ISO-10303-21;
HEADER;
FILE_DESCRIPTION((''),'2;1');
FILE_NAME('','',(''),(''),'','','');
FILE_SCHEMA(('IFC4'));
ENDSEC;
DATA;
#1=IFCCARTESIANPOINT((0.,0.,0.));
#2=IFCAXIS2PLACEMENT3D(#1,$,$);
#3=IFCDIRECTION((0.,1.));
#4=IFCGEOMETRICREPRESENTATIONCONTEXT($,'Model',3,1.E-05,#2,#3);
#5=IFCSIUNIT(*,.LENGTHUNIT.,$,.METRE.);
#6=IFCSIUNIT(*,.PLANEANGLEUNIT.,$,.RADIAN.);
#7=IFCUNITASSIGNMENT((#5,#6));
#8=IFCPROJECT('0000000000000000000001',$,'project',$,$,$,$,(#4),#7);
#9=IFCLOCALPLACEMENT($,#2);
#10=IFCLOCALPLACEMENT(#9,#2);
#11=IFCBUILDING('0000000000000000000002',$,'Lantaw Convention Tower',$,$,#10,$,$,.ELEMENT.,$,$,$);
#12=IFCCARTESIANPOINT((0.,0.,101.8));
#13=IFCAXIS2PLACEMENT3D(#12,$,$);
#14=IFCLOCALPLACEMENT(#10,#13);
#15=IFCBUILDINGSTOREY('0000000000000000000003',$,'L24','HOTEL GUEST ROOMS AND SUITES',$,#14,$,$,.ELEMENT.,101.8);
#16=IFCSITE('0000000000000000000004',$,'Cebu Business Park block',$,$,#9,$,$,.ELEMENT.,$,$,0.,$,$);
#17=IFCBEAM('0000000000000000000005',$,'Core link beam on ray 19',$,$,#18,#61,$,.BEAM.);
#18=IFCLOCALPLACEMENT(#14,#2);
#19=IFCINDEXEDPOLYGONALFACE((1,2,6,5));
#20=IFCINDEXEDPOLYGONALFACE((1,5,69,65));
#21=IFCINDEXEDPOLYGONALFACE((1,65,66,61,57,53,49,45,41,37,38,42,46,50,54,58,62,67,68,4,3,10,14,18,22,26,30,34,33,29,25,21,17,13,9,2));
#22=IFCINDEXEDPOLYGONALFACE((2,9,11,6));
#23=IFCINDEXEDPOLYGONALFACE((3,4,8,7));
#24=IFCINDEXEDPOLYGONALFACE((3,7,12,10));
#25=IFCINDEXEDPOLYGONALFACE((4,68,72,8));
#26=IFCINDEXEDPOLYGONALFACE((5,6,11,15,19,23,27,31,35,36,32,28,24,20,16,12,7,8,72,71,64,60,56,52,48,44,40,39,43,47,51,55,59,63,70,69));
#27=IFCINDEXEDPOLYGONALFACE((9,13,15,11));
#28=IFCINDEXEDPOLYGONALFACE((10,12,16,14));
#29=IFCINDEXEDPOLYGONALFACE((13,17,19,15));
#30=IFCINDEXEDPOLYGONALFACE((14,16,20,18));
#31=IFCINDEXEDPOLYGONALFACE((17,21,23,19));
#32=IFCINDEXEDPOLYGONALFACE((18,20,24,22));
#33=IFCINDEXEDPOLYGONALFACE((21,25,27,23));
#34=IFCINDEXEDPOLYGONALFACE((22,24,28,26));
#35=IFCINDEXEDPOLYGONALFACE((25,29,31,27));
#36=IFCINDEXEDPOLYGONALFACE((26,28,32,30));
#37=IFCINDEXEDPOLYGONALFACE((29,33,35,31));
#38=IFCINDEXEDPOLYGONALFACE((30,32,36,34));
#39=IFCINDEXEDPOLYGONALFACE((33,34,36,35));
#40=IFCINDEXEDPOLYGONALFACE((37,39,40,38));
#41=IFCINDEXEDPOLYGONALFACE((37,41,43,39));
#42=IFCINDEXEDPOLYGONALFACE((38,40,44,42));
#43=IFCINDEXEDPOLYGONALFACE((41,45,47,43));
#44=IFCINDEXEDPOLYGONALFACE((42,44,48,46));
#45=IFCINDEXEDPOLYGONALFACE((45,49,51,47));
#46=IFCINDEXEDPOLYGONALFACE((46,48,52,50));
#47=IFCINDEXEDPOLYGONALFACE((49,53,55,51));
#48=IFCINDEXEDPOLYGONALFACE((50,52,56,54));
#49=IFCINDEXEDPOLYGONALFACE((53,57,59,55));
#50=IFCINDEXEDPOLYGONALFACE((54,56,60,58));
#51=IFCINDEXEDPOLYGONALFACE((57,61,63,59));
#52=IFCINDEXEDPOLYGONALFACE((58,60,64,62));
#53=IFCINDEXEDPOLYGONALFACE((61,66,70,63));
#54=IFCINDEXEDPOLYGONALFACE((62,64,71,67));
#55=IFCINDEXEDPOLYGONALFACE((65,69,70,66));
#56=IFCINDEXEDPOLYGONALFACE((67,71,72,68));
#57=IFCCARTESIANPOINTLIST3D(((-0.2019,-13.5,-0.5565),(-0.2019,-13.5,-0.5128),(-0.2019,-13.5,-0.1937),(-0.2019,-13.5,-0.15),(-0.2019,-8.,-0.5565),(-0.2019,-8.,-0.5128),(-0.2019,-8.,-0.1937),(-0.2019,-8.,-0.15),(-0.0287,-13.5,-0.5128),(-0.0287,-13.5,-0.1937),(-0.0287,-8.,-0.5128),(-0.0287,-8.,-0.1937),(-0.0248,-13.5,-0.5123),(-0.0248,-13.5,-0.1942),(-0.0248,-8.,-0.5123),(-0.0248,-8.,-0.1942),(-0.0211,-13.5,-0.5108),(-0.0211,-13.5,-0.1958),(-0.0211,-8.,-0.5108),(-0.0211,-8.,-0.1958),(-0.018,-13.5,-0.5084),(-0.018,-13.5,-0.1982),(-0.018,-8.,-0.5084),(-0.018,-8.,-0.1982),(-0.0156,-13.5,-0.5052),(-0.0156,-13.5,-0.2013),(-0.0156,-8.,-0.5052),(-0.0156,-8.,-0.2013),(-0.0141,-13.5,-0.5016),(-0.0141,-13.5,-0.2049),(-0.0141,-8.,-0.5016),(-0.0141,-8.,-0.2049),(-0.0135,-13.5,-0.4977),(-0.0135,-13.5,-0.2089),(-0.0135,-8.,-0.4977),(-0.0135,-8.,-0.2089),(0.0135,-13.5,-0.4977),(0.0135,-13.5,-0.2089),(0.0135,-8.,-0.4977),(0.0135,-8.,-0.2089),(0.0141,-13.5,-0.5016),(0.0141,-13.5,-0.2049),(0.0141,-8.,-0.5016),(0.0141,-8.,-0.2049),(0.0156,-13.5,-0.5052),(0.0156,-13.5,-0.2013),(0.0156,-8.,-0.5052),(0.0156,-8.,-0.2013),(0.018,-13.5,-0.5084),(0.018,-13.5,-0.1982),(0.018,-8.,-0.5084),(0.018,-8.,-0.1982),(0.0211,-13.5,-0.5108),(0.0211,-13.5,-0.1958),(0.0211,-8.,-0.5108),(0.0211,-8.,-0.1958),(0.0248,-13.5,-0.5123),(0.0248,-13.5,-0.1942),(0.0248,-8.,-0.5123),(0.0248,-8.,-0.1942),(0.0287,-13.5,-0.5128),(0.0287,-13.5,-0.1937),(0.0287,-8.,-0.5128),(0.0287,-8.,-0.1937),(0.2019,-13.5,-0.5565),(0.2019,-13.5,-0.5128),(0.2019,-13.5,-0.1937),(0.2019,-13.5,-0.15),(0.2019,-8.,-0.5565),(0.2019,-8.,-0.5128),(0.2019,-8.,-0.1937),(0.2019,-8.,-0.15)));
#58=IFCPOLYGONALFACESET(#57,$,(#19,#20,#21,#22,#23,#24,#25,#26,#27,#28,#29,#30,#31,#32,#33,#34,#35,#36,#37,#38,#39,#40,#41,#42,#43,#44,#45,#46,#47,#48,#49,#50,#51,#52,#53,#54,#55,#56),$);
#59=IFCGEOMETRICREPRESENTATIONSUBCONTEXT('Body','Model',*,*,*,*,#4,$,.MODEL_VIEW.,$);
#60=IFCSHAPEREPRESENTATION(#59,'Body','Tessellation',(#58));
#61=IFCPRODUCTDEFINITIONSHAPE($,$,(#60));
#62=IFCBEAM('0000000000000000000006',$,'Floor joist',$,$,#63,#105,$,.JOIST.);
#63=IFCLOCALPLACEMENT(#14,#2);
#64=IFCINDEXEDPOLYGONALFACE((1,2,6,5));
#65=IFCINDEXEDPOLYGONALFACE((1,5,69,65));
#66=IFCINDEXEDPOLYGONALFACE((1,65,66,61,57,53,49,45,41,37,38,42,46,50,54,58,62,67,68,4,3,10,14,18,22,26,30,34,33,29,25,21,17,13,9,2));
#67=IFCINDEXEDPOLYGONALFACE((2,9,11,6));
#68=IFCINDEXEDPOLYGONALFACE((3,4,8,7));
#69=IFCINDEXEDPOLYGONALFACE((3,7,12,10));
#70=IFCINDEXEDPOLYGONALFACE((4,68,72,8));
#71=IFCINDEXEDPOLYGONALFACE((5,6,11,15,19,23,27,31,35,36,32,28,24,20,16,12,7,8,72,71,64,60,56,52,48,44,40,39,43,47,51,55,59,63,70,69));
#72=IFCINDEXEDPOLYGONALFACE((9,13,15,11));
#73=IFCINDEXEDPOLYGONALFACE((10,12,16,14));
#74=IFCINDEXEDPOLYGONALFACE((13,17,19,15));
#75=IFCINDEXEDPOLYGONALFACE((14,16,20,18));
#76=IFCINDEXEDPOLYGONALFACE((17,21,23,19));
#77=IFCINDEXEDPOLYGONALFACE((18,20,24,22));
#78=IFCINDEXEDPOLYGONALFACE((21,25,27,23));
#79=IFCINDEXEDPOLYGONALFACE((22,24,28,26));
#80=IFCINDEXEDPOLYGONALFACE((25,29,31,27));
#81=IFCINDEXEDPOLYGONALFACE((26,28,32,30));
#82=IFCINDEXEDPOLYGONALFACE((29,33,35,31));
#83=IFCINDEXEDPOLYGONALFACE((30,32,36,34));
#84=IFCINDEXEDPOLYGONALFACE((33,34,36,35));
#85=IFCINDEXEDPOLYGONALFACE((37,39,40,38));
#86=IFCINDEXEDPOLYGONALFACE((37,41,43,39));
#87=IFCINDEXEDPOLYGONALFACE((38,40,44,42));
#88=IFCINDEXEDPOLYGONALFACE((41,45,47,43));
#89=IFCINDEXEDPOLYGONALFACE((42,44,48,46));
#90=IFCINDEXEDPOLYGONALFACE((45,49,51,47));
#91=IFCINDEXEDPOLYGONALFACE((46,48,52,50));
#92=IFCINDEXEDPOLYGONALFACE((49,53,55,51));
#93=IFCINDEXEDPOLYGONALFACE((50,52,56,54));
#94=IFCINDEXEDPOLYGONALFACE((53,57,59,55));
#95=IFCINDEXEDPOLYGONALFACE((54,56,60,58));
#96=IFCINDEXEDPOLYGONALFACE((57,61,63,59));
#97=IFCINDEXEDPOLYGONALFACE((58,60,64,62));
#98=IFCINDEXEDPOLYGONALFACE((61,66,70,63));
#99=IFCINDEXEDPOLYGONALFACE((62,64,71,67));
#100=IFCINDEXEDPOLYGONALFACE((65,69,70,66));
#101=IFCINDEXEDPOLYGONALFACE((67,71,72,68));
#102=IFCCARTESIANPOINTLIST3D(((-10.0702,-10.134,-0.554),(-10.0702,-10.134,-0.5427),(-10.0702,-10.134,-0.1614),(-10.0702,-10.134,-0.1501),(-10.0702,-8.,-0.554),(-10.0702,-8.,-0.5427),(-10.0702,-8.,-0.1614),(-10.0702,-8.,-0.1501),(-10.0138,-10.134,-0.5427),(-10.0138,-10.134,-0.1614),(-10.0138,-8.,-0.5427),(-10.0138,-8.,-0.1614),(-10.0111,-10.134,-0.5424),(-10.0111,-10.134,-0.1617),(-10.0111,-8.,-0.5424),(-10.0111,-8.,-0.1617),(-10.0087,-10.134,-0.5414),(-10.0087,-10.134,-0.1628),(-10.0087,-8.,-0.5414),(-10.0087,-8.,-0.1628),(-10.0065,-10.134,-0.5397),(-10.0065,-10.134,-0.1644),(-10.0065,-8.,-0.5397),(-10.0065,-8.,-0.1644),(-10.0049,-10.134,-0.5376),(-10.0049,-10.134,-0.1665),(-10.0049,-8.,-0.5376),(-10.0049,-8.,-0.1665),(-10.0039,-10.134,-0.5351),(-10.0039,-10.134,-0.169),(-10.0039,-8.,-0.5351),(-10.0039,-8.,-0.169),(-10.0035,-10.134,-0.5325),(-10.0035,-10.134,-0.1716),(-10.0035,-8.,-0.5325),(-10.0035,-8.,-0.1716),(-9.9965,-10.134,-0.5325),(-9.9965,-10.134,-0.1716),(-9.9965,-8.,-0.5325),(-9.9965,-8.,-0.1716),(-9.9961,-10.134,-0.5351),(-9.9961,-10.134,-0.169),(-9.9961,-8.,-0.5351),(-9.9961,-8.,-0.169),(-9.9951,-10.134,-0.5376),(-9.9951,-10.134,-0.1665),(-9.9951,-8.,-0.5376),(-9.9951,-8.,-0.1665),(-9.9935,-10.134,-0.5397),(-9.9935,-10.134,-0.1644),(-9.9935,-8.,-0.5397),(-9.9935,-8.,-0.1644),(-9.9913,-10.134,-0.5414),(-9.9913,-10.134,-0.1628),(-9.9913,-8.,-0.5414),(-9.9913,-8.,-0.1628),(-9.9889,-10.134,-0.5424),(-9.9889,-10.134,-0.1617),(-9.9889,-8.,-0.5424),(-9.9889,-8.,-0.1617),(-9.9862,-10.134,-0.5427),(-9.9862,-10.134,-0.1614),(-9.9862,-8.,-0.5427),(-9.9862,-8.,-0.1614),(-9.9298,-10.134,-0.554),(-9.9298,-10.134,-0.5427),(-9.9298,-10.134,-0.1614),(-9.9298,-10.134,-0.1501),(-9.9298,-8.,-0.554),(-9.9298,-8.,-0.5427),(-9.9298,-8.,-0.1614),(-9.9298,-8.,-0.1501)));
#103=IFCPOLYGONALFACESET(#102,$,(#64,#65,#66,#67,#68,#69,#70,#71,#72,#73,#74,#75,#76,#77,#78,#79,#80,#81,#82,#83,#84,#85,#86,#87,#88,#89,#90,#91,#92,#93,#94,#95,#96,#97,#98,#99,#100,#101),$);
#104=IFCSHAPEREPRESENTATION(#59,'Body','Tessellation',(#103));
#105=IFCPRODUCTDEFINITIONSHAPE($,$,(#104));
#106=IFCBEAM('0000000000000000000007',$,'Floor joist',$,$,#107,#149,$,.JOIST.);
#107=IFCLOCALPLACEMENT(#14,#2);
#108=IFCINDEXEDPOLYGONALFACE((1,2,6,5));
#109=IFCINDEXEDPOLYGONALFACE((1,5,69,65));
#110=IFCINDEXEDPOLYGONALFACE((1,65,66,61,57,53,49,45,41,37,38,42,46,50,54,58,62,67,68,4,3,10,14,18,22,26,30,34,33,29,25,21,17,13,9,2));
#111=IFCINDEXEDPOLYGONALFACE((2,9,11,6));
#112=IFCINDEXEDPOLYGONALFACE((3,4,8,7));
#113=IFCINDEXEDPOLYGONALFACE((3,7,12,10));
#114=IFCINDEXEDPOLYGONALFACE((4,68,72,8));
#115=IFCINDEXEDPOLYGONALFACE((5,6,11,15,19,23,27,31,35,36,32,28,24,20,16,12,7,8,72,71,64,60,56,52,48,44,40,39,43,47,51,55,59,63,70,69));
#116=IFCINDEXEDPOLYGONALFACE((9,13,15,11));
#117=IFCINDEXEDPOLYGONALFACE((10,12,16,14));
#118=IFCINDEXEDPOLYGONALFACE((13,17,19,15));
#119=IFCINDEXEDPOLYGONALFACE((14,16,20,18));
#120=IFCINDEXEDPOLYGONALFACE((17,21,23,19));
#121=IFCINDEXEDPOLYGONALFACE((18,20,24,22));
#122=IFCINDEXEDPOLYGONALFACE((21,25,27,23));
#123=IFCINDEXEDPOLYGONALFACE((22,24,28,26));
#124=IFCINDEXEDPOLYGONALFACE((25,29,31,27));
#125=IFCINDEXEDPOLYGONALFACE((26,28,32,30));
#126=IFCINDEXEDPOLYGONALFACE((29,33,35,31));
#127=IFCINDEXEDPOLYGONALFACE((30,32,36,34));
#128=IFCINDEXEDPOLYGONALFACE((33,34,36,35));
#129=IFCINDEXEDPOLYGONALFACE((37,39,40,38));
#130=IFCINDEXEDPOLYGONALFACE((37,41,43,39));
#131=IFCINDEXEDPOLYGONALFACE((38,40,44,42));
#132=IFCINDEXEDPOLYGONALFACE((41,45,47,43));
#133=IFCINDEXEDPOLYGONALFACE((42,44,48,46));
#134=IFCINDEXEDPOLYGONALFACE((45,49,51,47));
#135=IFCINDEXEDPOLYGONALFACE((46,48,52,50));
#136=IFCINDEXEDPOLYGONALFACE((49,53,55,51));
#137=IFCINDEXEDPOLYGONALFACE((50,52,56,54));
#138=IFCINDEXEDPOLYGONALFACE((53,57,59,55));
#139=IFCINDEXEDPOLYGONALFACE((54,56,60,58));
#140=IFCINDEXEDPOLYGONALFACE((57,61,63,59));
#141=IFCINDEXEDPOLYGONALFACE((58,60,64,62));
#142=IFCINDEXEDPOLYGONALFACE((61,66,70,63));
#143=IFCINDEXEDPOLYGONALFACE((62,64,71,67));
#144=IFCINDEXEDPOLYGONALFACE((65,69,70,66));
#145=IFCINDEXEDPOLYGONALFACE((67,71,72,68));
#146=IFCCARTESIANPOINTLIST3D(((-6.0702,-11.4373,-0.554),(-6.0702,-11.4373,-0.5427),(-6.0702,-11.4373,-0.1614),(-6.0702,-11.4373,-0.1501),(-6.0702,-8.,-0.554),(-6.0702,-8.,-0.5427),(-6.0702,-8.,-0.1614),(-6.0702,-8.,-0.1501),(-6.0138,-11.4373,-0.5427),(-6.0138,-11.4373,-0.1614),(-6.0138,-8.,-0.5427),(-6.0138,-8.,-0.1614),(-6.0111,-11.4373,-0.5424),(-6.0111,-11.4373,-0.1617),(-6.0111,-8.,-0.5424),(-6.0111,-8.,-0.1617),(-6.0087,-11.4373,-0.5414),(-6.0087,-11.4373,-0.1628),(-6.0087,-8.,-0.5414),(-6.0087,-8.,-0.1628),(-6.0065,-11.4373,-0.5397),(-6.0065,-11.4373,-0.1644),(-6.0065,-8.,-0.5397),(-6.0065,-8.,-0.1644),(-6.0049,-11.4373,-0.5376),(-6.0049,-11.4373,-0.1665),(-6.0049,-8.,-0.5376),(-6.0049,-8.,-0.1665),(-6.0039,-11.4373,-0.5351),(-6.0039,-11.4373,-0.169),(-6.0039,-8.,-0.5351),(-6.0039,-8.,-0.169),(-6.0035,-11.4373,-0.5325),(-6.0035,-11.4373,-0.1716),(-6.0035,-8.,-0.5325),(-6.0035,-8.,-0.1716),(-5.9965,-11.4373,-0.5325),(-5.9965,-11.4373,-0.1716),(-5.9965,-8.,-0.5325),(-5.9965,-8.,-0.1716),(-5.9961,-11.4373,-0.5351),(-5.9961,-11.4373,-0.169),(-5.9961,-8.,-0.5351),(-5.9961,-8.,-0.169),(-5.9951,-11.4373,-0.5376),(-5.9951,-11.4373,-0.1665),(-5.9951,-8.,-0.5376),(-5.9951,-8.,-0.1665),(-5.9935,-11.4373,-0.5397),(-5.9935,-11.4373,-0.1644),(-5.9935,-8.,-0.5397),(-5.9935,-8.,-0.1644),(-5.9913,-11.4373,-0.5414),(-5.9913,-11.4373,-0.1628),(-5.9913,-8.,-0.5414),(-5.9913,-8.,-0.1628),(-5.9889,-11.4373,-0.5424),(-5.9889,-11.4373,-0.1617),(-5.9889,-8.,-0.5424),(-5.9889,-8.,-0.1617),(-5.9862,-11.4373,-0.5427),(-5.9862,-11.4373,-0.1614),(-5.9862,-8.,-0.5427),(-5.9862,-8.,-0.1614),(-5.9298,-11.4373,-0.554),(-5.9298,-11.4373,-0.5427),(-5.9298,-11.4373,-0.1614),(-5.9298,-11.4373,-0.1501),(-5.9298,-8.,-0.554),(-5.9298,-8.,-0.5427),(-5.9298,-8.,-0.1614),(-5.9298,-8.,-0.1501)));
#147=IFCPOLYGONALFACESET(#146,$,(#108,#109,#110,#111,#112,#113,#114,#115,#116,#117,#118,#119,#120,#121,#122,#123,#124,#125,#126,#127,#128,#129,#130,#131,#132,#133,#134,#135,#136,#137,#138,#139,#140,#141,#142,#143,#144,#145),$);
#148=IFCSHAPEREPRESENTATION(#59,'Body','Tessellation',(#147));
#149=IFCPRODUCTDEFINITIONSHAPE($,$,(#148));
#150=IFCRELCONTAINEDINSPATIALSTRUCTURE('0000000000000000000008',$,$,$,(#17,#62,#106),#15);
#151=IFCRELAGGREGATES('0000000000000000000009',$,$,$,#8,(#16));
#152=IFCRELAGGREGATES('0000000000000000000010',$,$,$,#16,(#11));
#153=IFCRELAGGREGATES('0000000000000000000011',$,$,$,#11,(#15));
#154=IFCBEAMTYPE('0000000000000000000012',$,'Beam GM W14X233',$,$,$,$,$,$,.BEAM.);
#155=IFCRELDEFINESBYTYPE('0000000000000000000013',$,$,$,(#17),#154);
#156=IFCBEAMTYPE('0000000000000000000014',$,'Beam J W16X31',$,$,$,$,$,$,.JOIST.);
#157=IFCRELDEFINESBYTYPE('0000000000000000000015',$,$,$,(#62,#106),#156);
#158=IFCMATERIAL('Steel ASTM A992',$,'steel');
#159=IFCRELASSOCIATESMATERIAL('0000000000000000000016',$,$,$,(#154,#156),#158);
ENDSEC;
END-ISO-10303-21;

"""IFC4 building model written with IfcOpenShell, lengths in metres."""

from ifc_helpers import new_model, si_unit, direction, frame, origin, origin_2d, place, context, subcontext, project, spatial, i_section, extrude, material, material_profile, profile_set, type_object, element, save


model = new_model("IFC4")

# Units and contexts
model_context = context("Model", 3, precision=1e-05, world=origin(), true_north=direction((0.0, 1.0)))
body_context = subcontext(model_context, "Body", "Model", "MODEL_VIEW")
ifc_project = project(units=[si_unit("LENGTHUNIT", "METRE"), si_unit("PLANEANGLEUNIT", "RADIAN")], contexts=[model_context])

# Site, building, storey
site_placement = place(None, origin())
site = spatial("IfcSite", under=ifc_project, at=site_placement, Name="Cebu Business Park block", CompositionType="ELEMENT", RefElevation=0.0)
building_placement = place(site_placement, origin())
building = spatial("IfcBuilding", under=site, at=building_placement, Name="Lantaw Convention Tower", CompositionType="ELEMENT")
storey_placement = place(building_placement, frame((0.0, 0.0, 101.8)))
storey = spatial("IfcBuildingStorey", under=building, at=storey_placement, Name="L24", Description="HOTEL GUEST ROOMS AND SUITES", CompositionType="ELEMENT", Elevation=101.8)

# Beams
ifc_material_1 = material(Name="Steel ASTM A992", Category="steel")
ifc_material_profile_1 = material_profile(ifc_material_1, i_section(OverallWidth=0.4038, OverallDepth=0.4065, WebThickness=0.0271, FlangeThickness=0.0437, FilletRadius=0.0151, at=origin_2d()), Name="W14X233")
ifc_profile_set_1 = profile_set([ifc_material_profile_1], Name="Steel ASTM A992")
beam_type_1 = type_object("IfcBeamType", Name="Beam GM W14X233", PredefinedType="BEAM", material=ifc_profile_set_1)
beam_1_placement = place(storey_placement, frame((0.0, -8.0, -0.3533), z_axis=(0.0, -1.0, 0.0), x_axis=(1.0, 0.0, 0.0)))
element("IfcBeam", 1, at=beam_1_placement, inside=storey, type_object=beam_type_1, Name="Core link beam on ray 19", PredefinedType="BEAM", context=body_context, shape_type="SweptSolid", body=[
    extrude(i_section(OverallWidth=0.4038, OverallDepth=0.4065, WebThickness=0.0271, FlangeThickness=0.0437, FilletRadius=0.0151, at=origin_2d()), origin(), (0.0, 0.0, 1.0), 5.5),
])
ifc_material_profile_2 = material_profile(ifc_material_1, i_section(OverallWidth=0.1404, OverallDepth=0.4038, WebThickness=0.0071, FlangeThickness=0.0112, FilletRadius=0.0103, at=origin_2d()), Name="W16X31")
ifc_profile_set_2 = profile_set([ifc_material_profile_2], Name="Steel ASTM A992")
beam_type_2 = type_object("IfcBeamType", Name="Beam J W16X31", PredefinedType="JOIST", material=ifc_profile_set_2)
beam_2_placement = place(storey_placement, frame((-10.0, -10.134, -0.3521), z_axis=(0.0, 1.0, 0.0), x_axis=(-1.0, 0.0, 0.0)))
element("IfcBeam", 2, at=beam_2_placement, inside=storey, type_object=beam_type_2, Name="Floor joist", PredefinedType="JOIST", context=body_context, shape_type="SweptSolid", body=[
    extrude(i_section(OverallWidth=0.1404, OverallDepth=0.4038, WebThickness=0.0071, FlangeThickness=0.0112, FilletRadius=0.0103, at=origin_2d()), origin(), (0.0, 0.0, 1.0), 2.134),
])
beam_3_placement = place(storey_placement, frame((-6.0, -11.4373, -0.3521), z_axis=(0.0, 1.0, 0.0), x_axis=(-1.0, 0.0, 0.0)))
element("IfcBeam", 3, at=beam_3_placement, inside=storey, type_object=beam_type_2, Name="Floor joist", PredefinedType="JOIST", context=body_context, shape_type="SweptSolid", body=[
    extrude(i_section(OverallWidth=0.1404, OverallDepth=0.4038, WebThickness=0.0071, FlangeThickness=0.0112, FilletRadius=0.0103, at=origin_2d()), origin(), (0.0, 0.0, 1.0), 3.4373),
])

save(model, "model.ifc")
